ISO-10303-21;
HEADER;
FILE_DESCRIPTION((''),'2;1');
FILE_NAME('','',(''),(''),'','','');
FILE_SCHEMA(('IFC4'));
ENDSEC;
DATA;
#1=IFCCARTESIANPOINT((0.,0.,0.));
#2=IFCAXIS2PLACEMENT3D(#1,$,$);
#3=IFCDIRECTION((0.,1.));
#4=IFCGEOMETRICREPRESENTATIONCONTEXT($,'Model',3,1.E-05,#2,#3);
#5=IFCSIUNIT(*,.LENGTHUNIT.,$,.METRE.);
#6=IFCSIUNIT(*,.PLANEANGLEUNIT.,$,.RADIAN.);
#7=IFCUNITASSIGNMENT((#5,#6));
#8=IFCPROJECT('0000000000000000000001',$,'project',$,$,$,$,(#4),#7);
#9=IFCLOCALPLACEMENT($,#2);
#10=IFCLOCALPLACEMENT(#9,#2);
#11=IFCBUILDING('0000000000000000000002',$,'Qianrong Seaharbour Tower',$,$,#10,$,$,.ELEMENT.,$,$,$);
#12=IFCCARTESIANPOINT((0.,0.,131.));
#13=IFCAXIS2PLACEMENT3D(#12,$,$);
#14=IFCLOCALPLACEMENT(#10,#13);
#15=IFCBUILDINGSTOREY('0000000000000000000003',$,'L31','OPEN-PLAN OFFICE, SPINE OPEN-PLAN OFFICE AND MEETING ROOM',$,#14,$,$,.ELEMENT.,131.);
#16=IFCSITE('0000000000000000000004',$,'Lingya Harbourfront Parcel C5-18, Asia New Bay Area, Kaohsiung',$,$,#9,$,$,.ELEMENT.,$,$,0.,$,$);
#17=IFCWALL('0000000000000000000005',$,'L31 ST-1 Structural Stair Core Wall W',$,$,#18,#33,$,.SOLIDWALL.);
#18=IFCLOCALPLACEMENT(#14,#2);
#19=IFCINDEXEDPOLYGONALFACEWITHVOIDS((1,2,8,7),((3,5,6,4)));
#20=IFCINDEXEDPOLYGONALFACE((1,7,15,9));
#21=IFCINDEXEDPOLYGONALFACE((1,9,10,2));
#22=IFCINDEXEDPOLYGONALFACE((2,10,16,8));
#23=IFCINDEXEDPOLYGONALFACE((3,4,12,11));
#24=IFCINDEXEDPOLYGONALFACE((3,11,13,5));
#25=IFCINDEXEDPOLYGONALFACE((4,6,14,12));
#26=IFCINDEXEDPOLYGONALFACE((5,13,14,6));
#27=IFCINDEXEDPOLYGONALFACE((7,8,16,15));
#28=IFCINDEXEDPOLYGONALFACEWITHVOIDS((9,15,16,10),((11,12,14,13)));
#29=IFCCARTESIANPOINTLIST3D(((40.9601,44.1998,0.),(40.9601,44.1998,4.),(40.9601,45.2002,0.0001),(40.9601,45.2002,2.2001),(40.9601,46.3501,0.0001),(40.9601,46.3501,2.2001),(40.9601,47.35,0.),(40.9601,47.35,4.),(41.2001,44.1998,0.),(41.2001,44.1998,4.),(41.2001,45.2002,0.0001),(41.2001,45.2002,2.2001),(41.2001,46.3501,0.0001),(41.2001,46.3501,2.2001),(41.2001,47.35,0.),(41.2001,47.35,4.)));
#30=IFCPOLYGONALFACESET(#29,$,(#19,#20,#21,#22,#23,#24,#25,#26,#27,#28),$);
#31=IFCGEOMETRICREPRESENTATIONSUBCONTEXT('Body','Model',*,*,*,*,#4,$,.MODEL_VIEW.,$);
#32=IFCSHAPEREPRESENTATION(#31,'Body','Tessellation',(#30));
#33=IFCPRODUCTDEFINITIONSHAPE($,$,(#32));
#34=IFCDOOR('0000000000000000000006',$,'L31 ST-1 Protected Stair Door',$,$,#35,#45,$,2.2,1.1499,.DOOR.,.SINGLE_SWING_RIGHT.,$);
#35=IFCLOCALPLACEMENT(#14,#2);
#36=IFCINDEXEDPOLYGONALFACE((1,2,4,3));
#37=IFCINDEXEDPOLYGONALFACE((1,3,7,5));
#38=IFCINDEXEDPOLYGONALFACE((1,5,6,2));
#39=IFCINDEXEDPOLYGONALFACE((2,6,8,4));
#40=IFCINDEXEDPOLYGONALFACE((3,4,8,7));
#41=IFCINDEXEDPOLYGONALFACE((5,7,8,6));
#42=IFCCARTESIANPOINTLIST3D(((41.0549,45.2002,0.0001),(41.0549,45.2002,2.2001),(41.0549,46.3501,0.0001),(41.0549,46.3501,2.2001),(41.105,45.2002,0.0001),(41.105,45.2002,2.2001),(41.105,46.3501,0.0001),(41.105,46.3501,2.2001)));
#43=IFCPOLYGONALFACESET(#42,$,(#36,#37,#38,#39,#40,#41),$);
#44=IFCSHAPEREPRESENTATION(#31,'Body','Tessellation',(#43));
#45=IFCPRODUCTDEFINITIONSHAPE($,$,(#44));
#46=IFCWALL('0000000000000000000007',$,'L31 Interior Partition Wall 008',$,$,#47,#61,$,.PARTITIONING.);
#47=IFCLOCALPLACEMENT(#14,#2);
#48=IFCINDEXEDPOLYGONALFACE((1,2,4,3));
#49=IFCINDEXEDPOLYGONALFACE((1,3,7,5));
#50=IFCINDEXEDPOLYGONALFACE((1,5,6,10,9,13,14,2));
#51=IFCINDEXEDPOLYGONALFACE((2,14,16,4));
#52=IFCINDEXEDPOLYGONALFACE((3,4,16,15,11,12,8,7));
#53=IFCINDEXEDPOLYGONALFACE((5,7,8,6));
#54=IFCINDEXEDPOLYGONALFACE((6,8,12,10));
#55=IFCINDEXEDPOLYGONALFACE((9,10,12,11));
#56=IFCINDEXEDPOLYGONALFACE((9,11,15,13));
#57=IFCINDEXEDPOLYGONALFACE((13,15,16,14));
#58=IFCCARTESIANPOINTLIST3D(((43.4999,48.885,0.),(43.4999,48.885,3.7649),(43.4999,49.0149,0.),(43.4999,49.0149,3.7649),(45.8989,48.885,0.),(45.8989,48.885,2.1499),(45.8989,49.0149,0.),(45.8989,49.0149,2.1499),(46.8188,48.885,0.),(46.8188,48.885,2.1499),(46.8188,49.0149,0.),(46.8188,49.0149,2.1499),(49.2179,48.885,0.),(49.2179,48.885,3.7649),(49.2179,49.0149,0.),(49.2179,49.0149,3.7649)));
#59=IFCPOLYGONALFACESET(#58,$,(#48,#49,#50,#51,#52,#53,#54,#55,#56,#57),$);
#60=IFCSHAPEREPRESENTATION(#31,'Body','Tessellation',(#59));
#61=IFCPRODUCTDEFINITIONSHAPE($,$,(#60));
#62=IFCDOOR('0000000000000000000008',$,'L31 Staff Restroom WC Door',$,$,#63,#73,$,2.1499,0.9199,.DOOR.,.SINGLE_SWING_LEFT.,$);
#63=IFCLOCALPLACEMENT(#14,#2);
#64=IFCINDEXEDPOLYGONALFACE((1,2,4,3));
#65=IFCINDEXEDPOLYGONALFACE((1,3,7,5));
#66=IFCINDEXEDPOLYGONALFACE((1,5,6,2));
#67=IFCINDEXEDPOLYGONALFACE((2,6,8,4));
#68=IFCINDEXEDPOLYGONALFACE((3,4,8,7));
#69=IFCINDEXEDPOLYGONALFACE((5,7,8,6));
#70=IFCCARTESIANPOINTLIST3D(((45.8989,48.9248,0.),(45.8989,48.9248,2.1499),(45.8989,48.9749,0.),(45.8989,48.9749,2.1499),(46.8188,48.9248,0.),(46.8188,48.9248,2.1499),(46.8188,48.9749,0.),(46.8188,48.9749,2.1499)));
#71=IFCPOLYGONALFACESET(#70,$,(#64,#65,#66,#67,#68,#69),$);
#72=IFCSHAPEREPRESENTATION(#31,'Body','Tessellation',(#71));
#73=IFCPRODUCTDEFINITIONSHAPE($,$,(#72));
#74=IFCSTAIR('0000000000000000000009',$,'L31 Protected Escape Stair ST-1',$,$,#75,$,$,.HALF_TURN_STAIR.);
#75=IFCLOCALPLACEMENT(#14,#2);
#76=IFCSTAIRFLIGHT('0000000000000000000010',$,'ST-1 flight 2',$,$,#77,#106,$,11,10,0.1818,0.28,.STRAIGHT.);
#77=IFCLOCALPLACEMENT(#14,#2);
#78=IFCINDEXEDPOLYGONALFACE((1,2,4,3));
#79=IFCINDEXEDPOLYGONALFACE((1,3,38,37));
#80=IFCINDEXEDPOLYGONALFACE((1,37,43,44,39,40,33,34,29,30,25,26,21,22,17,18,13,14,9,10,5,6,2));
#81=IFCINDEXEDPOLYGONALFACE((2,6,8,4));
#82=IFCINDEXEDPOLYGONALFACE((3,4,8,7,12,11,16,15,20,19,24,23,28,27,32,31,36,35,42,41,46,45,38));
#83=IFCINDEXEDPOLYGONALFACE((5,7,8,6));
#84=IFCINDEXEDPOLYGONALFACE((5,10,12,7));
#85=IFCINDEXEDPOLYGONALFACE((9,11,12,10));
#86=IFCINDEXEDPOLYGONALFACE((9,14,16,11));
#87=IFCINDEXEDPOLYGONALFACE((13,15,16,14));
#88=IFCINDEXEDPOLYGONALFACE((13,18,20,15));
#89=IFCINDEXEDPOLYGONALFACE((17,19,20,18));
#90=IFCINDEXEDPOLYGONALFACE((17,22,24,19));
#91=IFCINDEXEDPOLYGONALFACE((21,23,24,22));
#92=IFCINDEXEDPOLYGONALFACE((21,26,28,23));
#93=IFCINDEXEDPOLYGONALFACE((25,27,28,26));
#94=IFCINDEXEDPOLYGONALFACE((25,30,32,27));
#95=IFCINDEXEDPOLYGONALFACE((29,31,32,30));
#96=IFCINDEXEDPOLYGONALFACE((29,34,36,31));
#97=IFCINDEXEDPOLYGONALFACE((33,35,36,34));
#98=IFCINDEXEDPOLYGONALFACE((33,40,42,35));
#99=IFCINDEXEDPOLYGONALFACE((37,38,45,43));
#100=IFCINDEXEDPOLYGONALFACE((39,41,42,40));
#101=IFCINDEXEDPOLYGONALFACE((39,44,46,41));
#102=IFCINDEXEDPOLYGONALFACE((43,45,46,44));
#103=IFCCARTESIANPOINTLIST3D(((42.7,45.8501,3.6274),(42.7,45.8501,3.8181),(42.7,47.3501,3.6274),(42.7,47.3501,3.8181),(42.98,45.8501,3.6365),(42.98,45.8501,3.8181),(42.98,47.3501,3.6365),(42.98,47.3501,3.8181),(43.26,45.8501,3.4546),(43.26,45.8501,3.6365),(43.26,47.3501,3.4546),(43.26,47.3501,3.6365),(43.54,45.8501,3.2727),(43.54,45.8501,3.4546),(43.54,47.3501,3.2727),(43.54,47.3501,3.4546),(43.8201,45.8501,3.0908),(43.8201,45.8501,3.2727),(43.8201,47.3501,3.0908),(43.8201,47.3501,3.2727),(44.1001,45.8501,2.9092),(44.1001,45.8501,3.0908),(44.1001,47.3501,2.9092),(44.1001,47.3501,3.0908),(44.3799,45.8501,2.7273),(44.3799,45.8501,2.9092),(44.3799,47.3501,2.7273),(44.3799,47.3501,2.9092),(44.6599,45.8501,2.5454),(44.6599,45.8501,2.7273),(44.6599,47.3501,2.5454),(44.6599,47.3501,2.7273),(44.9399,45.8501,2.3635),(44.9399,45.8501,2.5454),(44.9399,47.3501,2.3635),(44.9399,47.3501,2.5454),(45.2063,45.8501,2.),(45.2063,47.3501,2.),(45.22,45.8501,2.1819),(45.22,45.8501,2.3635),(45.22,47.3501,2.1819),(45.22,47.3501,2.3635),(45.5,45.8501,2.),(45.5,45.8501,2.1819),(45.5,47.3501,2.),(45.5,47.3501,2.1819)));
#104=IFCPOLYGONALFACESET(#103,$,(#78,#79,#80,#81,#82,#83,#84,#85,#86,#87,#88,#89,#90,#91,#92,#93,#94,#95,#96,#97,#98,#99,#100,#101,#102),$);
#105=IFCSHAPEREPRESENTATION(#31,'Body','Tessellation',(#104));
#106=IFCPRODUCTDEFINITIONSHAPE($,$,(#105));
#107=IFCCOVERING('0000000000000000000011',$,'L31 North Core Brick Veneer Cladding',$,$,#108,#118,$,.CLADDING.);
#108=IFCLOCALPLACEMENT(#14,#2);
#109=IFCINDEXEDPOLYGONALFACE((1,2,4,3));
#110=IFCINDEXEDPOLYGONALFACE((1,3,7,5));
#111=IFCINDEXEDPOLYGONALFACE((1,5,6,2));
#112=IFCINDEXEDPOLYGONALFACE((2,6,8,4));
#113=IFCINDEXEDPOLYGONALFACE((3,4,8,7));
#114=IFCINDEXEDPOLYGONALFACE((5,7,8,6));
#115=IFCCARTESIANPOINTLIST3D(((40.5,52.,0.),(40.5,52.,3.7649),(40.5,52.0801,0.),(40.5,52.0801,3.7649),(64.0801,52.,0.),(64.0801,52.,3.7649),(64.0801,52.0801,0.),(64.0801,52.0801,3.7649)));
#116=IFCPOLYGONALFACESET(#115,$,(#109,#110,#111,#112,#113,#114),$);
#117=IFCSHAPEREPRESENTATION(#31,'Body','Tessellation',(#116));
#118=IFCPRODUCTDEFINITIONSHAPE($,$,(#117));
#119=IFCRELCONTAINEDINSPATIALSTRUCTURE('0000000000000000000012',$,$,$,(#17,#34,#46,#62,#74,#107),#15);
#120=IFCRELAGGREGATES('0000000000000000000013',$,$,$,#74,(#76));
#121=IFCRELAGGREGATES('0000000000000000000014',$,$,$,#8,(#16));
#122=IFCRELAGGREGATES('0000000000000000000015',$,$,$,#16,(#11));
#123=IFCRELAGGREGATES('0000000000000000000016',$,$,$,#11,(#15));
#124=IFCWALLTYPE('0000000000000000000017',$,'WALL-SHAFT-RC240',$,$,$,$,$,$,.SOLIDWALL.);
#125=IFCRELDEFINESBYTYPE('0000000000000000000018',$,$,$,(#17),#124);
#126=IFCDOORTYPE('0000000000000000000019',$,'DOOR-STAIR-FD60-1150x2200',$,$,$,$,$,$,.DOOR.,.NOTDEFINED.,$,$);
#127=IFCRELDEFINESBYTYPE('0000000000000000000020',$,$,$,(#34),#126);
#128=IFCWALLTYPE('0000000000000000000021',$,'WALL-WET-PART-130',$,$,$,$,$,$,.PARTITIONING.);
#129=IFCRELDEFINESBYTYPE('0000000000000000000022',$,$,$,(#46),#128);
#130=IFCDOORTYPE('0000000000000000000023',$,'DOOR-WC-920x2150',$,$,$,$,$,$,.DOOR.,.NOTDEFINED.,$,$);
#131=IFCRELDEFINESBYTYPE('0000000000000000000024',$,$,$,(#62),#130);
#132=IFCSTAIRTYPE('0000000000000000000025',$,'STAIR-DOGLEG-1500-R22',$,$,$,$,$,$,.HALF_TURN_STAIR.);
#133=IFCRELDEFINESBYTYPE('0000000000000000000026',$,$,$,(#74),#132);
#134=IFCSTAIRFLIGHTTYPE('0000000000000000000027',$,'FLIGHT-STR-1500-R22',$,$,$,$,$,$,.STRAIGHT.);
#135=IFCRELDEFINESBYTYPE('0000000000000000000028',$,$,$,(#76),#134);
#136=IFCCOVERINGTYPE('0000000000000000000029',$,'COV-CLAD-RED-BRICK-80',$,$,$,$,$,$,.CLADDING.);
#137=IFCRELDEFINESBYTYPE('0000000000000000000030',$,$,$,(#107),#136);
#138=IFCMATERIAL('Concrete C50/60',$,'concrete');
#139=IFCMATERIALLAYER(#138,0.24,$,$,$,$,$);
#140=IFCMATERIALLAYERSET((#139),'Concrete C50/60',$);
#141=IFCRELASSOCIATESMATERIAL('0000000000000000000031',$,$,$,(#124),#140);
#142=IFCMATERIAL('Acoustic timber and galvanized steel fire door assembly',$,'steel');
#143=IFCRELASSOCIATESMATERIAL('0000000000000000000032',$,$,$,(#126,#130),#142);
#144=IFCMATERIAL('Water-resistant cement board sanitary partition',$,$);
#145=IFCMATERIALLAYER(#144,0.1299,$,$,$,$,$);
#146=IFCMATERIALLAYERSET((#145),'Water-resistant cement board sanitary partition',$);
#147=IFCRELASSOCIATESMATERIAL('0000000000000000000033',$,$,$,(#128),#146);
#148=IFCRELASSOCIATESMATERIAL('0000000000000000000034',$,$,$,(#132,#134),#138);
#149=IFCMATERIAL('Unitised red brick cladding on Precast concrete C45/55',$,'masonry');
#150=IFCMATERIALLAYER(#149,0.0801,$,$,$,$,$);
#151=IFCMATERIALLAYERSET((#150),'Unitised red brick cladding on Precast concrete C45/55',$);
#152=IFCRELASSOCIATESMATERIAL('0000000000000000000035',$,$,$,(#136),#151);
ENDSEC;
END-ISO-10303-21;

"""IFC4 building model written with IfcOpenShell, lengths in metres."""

from ifc_helpers import new_model, si_unit, direction, frame, frame_2d, origin, origin_2d, place, context, subcontext, project, spatial, polyline, rectangle, outline, extrude, material, layer, layer_set, type_object, element, fill, aggregate, save


model = new_model("IFC4")

# Units and contexts
model_context = context("Model", 3, precision=1e-05, world=origin(), true_north=direction((0.0, 1.0)))
body_context = subcontext(model_context, "Body", "Model", "MODEL_VIEW")
ifc_project = project(units=[si_unit("LENGTHUNIT", "METRE"), si_unit("PLANEANGLEUNIT", "RADIAN")], contexts=[model_context])

# Site, building, storey
site_placement = place(None, origin())
site = spatial("IfcSite", under=ifc_project, at=site_placement, Name="Lingya Harbourfront Parcel C5-18, Asia New Bay Area, Kaohsiung", CompositionType="ELEMENT", RefElevation=0.0)
building_placement = place(site_placement, origin())
building = spatial("IfcBuilding", under=site, at=building_placement, Name="Qianrong Seaharbour Tower", CompositionType="ELEMENT")
storey_placement = place(building_placement, frame((0.0, 0.0, 131.0)))
storey = spatial("IfcBuildingStorey", under=building, at=storey_placement, Name="L31", Description="OPEN-PLAN OFFICE, SPINE OPEN-PLAN OFFICE AND MEETING ROOM", CompositionType="ELEMENT", Elevation=131.0)

# Shared definitions
ifc_material_1 = material(Name="Acoustic timber and galvanized steel fire door assembly", Category="steel")

# Shared definitions
ifc_material_2 = material(Name="Concrete C50/60", Category="concrete")
ifc_layer_1 = layer(ifc_material_2, 0.24)
ifc_layer_set_1 = layer_set([ifc_layer_1], Name="Concrete C50/60")
wall_type_1 = type_object("IfcWallType", Name="WALL-SHAFT-RC240", PredefinedType="SOLIDWALL", material=ifc_layer_set_1)

# Walls, openings, doors
wall_1_placement = place(storey_placement, frame((41.0801, 47.3501, 0.0), z_axis=(0.0, 0.0, 1.0), x_axis=(0.0, -1.0, 0.0)))
wall_1 = element("IfcWall", 1, at=wall_1_placement, inside=storey, type_object=wall_type_1, Name="L31 ST-1 Structural Stair Core Wall W", PredefinedType="SOLIDWALL", context=body_context, shape_type="SweptSolid", body=[
    extrude(rectangle(XDim=3.1501, YDim=0.24, at=frame_2d((1.5752, 0.0))), origin(), (0.0, 0.0, 1.0), 4.0),
])
opening_1_placement = place(wall_1_placement, frame((1.0, 0.0, 0.0)))
opening_1 = element("IfcOpeningElement", 2, at=opening_1_placement, cuts=wall_1, PredefinedType="OPENING", context=body_context, shape_type="SweptSolid", body=[
    extrude(rectangle(XDim=1.1499, YDim=2.2, at=frame_2d((0.575, 1.1001))), frame((0.0, 0.1299, 0.0), z_axis=(0.0, -1.0, 0.0), x_axis=(1.0, 0.0, 0.0)), (0.0, 0.0, 1.0), 0.26),
])
door_type_1 = type_object("IfcDoorType", Name="DOOR-STAIR-FD60-1150x2200", OperationType="NOTDEFINED", PredefinedType="DOOR", material=ifc_material_1)
door_1_placement = place(opening_1_placement, origin())
door_1 = element("IfcDoor", 3, at=door_1_placement, inside=storey, type_object=door_type_1, Name="L31 ST-1 Protected Stair Door", OperationType="SINGLE_SWING_RIGHT", OverallHeight=2.2, OverallWidth=1.1499, PredefinedType="DOOR", context=body_context, shape_type="SweptSolid", body=[
    extrude(rectangle(XDim=1.1499, YDim=2.2, at=frame_2d((0.575, 1.1001))), frame((0.0, 0.0249, 0.0), z_axis=(0.0, -1.0, 0.0), x_axis=(1.0, 0.0, 0.0)), (0.0, 0.0, 1.0), 0.05),
])
fill(opening_1, door_1)
ifc_material_3 = material(Name="Water-resistant cement board sanitary partition")
ifc_layer_2 = layer(ifc_material_3, 0.1299)
ifc_layer_set_2 = layer_set([ifc_layer_2], Name="Water-resistant cement board sanitary partition")
wall_type_2 = type_object("IfcWallType", Name="WALL-WET-PART-130", PredefinedType="PARTITIONING", material=ifc_layer_set_2)
wall_2_placement = place(storey_placement, frame((43.5, 48.95, 0.0), z_axis=(0.0, 0.0, 1.0), x_axis=(1.0, 0.0, 0.0)))
wall_2 = element("IfcWall", 4, at=wall_2_placement, inside=storey, type_object=wall_type_2, Name="L31 Interior Partition Wall 008", PredefinedType="PARTITIONING", context=body_context, shape_type="SweptSolid", body=[
    extrude(rectangle(XDim=5.718, YDim=0.1299, at=frame_2d((2.8589, 0.0))), origin(), (0.0, 0.0, 1.0), 3.7649),
])
opening_2_placement = place(wall_2_placement, frame((2.3989, 0.0, 0.0)))
opening_2 = element("IfcOpeningElement", 5, at=opening_2_placement, cuts=wall_2, PredefinedType="OPENING", context=body_context, shape_type="SweptSolid", body=[
    extrude(rectangle(XDim=0.9199, YDim=2.1499, at=frame_2d((0.46, 1.075))), frame((0.0, 0.075, 0.0), z_axis=(0.0, -1.0, 0.0), x_axis=(1.0, 0.0, 0.0)), (0.0, 0.0, 1.0), 0.1499),
])
door_type_2 = type_object("IfcDoorType", Name="DOOR-WC-920x2150", OperationType="NOTDEFINED", PredefinedType="DOOR", material=ifc_material_1)
door_2_placement = place(opening_2_placement, origin())
door_2 = element("IfcDoor", 6, at=door_2_placement, inside=storey, type_object=door_type_2, Name="L31 Staff Restroom WC Door", OperationType="SINGLE_SWING_LEFT", OverallHeight=2.1499, OverallWidth=0.9199, PredefinedType="DOOR", context=body_context, shape_type="SweptSolid", body=[
    extrude(rectangle(XDim=0.9199, YDim=2.1499, at=frame_2d((0.46, 1.075))), frame((0.0, 0.0249, 0.0), z_axis=(0.0, -1.0, 0.0), x_axis=(1.0, 0.0, 0.0)), (0.0, 0.0, 1.0), 0.05),
])
fill(opening_2, door_2)

# Stair, stair flight
stair_type = type_object("IfcStairType", Name="STAIR-DOGLEG-1500-R22", PredefinedType="HALF_TURN_STAIR", material=ifc_material_2)
stair_placement = place(storey_placement, origin())
stair = element("IfcStair", 7, at=stair_placement, inside=storey, type_object=stair_type, Name="L31 Protected Escape Stair ST-1", PredefinedType="HALF_TURN_STAIR")
stair_flight_type = type_object("IfcStairFlightType", Name="FLIGHT-STR-1500-R22", PredefinedType="STRAIGHT", material=ifc_material_2)
stair_flight_placement = place(storey_placement, frame((45.5, 46.6001, 2.0), z_axis=(0.0, 0.0, 1.0), x_axis=(-1.0, 0.0, 0.0)))
stair_flight = element("IfcStairFlight", 8, at=stair_flight_placement, type_object=stair_flight_type, Name="ST-1 flight 2", NumberOfRisers=11, NumberOfTreads=10, PredefinedType="STRAIGHT", RiserHeight=0.1818, TreadLength=0.28, context=body_context, shape_type="SweptSolid", body=[
    extrude(outline(polyline([(0.0, 0.0), (0.0, 0.1819), (0.28, 0.1819), (0.28, 0.3635), (0.5601, 0.3635), (0.5601, 0.5454), (0.8401, 0.5454), (0.8401, 0.7273), (1.1201, 0.7273), (1.1201, 0.9092), (1.3999, 0.9092), (1.3999, 1.0908), (1.6799, 1.0908), (1.6799, 1.2727), (1.96, 1.2727), (1.96, 1.4546), (2.24, 1.4546), (2.24, 1.6365), (2.52, 1.6365), (2.52, 1.8181), (2.8, 1.8181), (2.8, 2.0), (2.8, 1.6274), (0.2937, 0.0), (0.0, 0.0)])), frame((0.0, 0.75, 0.0), z_axis=(0.0, -1.0, 0.0), x_axis=(1.0, 0.0, 0.0)), (0.0, 0.0, 1.0), 1.5),
])
aggregate(stair, [stair_flight])

# Covering
ifc_material_4 = material(Name="Unitised red brick cladding on Precast concrete C45/55", Category="masonry")
ifc_layer_3 = layer(ifc_material_4, 0.0801)
ifc_layer_set_3 = layer_set([ifc_layer_3], Name="Unitised red brick cladding on Precast concrete C45/55")
covering_type = type_object("IfcCoveringType", Name="COV-CLAD-RED-BRICK-80", PredefinedType="CLADDING", material=ifc_layer_set_3)
covering_placement = place(storey_placement, frame((52.29, 52.04, 0.0), z_axis=(0.0, 0.0, 1.0), x_axis=(1.0, 0.0, 0.0)))
element("IfcCovering", 9, at=covering_placement, inside=storey, type_object=covering_type, Name="L31 North Core Brick Veneer Cladding", PredefinedType="CLADDING", context=body_context, shape_type="SweptSolid", body=[
    extrude(rectangle(XDim=23.5801, YDim=0.0801, at=origin_2d()), origin(), (0.0, 0.0, 1.0), 3.7649),
])

save(model, "model.ifc")
